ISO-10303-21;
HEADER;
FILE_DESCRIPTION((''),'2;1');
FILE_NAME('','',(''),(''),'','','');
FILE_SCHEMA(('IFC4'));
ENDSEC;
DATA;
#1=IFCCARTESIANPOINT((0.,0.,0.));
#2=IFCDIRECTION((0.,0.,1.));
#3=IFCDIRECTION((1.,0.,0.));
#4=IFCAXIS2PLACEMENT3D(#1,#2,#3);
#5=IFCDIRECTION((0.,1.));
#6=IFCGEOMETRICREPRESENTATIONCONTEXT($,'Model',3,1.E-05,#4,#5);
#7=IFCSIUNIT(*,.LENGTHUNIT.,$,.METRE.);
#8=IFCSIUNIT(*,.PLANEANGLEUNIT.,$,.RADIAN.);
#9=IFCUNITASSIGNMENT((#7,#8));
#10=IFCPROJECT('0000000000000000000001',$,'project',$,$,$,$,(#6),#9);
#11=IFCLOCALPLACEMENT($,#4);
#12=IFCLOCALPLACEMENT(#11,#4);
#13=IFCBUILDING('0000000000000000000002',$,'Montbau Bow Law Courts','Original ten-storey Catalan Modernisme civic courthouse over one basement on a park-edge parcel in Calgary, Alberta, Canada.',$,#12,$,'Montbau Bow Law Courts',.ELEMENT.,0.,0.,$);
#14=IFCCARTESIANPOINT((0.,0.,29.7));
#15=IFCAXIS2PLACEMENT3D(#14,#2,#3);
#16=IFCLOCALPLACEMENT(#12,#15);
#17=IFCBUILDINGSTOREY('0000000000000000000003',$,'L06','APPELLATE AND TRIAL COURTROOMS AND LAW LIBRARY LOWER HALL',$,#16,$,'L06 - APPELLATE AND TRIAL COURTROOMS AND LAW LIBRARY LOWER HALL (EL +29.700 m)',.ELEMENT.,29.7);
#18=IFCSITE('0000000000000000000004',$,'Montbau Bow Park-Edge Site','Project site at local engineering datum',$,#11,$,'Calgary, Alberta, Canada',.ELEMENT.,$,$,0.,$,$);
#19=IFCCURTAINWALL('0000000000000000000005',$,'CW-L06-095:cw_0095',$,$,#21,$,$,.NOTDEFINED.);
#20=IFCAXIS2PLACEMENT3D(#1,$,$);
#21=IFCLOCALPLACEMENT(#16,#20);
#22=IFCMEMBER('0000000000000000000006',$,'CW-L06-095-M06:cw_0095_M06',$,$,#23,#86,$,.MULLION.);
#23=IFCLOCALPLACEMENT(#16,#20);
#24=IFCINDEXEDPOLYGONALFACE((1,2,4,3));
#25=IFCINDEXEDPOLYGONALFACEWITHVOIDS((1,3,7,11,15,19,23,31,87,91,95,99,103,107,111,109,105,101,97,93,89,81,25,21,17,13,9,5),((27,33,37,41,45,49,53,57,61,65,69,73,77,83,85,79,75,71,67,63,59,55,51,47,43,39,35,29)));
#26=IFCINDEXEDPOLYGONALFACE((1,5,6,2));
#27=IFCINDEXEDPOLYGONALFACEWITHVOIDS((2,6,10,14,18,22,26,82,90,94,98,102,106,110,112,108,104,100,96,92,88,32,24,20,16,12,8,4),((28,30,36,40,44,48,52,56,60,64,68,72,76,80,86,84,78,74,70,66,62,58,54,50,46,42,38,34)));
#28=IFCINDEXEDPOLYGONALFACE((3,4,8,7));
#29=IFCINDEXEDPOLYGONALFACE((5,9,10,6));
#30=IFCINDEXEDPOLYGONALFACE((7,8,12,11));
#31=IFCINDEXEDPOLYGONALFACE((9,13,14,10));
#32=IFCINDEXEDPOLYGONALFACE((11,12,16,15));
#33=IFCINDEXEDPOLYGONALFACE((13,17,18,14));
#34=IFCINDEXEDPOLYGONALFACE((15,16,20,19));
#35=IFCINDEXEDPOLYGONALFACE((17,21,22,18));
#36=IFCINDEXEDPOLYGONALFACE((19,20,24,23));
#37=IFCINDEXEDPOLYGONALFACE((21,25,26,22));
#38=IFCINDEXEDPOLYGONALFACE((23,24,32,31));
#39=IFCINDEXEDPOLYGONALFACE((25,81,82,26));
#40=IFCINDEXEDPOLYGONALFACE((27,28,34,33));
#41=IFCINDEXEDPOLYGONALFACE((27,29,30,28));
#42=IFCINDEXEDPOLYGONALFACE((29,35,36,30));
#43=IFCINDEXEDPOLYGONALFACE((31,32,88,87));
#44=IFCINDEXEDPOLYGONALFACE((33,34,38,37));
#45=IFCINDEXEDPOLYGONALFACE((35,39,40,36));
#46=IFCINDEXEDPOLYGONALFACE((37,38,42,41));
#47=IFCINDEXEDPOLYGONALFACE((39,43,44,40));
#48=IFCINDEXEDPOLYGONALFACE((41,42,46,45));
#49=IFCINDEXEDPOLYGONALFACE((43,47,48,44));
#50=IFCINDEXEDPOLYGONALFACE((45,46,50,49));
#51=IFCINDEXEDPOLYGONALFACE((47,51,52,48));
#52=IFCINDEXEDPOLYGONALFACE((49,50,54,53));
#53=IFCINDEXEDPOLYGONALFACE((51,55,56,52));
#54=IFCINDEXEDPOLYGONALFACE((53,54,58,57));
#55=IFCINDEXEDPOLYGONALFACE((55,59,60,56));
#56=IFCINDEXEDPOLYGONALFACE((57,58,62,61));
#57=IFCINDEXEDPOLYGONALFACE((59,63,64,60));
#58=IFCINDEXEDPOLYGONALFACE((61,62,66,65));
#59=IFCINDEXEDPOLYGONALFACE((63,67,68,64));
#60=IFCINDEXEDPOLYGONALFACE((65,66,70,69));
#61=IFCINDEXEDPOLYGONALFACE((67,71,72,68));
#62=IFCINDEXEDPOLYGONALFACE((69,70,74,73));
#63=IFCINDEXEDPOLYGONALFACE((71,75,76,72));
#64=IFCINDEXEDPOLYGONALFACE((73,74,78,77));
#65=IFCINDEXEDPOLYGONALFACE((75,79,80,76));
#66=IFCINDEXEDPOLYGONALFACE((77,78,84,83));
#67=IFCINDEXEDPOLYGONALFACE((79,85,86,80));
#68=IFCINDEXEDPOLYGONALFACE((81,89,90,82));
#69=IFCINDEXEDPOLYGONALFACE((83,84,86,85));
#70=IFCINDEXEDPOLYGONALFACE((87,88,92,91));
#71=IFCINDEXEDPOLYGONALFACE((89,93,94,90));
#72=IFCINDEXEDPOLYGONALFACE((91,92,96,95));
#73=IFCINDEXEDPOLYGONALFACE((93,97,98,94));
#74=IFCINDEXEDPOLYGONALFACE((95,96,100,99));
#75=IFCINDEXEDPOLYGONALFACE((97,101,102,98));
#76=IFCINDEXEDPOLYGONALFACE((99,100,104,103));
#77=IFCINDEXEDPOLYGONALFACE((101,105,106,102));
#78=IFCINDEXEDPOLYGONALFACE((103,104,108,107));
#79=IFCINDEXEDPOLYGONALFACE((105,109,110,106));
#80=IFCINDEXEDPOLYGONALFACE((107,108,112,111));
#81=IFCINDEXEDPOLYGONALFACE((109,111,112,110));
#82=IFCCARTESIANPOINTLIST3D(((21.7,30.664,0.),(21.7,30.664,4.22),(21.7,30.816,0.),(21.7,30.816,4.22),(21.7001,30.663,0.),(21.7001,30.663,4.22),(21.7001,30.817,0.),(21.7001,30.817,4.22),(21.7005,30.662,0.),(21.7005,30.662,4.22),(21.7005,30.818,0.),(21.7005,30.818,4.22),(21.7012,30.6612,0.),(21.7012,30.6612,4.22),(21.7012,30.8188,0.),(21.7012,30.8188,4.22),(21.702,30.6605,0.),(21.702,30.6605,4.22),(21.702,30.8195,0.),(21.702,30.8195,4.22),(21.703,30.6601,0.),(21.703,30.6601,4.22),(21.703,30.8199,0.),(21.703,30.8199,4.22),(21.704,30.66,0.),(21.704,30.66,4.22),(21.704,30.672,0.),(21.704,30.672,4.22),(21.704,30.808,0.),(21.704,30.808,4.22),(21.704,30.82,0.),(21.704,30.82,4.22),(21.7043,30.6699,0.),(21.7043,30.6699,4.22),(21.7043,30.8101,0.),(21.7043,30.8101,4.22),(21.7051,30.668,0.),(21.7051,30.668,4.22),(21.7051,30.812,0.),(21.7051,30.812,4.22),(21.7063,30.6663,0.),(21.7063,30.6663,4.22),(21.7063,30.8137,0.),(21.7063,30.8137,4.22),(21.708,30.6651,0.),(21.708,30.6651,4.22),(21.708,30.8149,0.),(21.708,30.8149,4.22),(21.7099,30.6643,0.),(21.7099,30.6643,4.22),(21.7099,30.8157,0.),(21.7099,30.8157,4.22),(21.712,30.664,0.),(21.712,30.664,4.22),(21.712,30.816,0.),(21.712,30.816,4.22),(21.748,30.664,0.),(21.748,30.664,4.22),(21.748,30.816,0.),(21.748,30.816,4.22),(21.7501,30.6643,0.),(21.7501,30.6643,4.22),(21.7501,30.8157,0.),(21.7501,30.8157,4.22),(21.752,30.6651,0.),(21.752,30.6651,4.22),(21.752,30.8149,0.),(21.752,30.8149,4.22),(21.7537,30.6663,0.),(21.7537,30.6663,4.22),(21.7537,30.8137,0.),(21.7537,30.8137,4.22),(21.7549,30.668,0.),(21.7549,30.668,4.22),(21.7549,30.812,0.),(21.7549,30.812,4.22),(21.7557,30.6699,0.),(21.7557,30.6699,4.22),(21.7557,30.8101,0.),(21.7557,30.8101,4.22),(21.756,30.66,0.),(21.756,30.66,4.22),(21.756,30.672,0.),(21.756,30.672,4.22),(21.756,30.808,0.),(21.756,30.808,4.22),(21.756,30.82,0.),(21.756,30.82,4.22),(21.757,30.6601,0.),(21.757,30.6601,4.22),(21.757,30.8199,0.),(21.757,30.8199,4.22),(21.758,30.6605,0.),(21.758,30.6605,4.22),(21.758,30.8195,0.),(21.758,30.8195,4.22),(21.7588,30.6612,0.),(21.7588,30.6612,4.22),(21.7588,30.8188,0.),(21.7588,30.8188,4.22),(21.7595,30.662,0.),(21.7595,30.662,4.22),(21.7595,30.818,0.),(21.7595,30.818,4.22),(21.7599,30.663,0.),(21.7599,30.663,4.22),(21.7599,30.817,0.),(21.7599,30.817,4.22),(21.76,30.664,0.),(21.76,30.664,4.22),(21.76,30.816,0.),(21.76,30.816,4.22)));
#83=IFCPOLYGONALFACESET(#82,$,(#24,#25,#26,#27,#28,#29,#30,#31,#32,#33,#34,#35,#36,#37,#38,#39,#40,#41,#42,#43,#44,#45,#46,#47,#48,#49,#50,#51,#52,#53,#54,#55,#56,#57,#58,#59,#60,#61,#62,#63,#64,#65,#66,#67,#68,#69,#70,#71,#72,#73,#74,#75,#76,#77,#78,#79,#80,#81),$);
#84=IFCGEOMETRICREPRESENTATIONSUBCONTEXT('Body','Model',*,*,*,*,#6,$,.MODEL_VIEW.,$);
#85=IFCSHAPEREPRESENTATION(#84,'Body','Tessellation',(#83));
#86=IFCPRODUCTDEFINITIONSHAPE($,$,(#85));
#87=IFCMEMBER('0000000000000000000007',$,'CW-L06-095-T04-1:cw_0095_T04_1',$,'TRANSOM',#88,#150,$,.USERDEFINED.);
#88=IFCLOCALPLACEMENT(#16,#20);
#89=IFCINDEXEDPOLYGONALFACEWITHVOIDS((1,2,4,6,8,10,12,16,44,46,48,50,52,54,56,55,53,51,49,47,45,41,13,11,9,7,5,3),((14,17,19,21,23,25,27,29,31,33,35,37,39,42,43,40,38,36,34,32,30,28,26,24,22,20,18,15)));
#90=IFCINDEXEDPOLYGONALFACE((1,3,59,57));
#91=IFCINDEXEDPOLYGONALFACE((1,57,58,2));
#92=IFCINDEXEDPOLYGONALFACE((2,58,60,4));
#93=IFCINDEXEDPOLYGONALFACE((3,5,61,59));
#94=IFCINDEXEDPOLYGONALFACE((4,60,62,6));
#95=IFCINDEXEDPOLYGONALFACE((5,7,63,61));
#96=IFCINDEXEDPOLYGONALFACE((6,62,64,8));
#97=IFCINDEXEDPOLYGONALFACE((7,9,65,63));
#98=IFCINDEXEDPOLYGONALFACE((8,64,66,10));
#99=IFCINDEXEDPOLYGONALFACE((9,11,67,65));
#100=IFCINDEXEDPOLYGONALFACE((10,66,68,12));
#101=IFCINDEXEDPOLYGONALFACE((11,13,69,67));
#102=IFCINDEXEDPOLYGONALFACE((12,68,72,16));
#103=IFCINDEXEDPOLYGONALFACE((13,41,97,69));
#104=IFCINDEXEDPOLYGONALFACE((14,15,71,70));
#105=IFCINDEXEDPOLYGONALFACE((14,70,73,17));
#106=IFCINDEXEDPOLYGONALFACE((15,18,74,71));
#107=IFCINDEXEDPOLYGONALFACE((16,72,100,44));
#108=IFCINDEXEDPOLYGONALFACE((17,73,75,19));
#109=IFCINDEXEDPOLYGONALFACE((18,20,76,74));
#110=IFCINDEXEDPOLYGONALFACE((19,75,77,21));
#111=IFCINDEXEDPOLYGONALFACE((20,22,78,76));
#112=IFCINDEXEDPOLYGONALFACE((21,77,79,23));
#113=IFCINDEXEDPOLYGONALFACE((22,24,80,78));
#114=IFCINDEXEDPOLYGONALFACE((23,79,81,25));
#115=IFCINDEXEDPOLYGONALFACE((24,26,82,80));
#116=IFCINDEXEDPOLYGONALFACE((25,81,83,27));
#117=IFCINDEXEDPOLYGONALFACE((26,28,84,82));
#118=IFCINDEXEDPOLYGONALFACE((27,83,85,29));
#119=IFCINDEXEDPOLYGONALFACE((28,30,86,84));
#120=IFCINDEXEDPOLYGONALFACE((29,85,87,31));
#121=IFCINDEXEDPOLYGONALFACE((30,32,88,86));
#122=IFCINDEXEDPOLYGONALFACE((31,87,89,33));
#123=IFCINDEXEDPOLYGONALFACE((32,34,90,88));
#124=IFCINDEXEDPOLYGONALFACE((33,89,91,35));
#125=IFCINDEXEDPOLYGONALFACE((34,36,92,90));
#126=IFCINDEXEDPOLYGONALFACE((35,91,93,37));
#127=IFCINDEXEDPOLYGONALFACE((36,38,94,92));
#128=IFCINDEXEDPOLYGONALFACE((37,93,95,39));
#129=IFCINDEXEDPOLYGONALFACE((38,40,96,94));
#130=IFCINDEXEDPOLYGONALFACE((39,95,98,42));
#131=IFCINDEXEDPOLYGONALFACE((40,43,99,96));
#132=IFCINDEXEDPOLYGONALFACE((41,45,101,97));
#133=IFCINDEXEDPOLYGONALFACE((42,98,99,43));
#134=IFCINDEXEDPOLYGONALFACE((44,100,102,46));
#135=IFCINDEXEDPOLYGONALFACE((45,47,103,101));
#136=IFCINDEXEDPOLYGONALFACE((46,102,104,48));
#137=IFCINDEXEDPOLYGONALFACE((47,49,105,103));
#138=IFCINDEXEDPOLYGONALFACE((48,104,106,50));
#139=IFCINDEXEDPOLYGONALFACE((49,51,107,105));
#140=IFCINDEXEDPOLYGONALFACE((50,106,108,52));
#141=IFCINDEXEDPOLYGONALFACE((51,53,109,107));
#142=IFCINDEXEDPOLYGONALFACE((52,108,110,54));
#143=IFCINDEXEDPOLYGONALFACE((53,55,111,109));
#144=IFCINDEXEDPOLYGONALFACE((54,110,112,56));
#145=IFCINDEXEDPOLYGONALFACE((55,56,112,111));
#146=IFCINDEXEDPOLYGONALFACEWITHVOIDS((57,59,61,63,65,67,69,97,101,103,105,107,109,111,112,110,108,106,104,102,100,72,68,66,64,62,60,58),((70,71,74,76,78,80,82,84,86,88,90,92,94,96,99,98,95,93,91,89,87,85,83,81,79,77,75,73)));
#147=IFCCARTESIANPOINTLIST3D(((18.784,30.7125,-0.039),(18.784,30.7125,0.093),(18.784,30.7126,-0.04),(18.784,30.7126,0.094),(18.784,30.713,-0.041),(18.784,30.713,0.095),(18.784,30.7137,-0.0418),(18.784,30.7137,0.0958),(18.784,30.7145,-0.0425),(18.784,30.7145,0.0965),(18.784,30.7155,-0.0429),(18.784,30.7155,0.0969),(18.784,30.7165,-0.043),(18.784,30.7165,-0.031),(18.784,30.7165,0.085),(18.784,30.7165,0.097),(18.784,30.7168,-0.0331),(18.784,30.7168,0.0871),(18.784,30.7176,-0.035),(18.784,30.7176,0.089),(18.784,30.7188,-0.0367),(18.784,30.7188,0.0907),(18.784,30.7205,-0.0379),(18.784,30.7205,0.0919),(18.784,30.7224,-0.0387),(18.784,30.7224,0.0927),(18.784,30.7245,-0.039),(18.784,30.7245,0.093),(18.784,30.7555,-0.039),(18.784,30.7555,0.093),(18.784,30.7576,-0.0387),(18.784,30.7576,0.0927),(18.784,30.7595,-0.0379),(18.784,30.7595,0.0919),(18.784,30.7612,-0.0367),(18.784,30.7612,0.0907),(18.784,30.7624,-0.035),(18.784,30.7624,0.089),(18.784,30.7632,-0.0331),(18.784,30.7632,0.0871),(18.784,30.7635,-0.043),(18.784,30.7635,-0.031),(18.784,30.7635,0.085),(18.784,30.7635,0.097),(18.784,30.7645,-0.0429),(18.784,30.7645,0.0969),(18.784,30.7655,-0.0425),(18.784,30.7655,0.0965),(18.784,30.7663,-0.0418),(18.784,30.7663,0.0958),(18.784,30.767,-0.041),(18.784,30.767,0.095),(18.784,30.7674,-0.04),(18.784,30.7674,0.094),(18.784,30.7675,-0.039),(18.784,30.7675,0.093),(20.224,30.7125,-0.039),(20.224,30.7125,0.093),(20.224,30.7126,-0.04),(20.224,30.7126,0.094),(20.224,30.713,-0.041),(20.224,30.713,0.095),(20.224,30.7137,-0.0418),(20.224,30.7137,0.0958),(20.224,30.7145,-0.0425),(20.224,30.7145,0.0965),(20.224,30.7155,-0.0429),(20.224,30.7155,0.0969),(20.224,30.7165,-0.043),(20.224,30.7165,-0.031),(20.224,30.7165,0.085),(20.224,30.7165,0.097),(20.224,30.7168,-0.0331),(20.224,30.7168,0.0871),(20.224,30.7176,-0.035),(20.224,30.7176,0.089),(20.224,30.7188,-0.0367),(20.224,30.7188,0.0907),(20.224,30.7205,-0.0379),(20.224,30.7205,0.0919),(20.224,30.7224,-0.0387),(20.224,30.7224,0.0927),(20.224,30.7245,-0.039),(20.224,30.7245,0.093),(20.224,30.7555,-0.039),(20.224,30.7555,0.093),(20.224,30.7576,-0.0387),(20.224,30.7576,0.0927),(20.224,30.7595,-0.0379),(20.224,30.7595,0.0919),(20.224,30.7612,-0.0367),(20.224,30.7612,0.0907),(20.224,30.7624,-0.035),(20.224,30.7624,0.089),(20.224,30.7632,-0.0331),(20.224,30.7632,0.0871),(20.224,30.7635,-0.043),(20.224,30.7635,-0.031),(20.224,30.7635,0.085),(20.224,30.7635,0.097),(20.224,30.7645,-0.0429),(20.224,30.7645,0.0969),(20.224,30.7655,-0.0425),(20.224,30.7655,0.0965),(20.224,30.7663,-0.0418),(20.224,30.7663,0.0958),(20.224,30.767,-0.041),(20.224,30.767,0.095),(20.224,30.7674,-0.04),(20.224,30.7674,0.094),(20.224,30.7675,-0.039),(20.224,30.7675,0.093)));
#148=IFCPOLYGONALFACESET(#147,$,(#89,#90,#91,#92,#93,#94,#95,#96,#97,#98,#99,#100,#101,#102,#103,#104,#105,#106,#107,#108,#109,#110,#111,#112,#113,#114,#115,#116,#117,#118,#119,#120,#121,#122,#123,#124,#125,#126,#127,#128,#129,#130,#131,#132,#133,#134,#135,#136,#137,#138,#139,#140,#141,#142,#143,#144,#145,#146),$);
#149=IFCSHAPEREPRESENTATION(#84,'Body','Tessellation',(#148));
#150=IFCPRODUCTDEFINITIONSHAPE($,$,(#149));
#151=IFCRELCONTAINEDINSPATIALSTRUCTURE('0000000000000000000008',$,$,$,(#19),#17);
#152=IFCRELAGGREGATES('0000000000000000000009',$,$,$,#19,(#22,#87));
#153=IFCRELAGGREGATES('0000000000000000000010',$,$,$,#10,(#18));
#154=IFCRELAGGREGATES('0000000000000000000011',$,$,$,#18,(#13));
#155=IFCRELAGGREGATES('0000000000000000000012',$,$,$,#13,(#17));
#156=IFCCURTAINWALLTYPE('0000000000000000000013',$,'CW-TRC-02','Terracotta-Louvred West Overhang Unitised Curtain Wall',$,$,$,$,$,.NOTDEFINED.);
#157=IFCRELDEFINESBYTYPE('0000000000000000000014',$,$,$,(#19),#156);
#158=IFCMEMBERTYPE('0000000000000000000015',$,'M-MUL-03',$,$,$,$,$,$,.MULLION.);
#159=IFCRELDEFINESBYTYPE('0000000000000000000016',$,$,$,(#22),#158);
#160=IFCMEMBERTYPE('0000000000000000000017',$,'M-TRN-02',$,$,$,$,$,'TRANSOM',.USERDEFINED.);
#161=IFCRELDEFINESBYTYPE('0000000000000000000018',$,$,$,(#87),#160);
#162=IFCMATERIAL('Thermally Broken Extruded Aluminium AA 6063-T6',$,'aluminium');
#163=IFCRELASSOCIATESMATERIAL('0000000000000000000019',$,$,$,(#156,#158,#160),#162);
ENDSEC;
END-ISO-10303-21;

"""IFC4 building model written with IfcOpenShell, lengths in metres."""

from ifc_helpers import new_model, si_unit, direction, frame, origin_with_axes, origin_2d_with_axis, place, context, subcontext, project, spatial, hollow_rectangle, extrude, material, material_profile, profile_set, type_object, element, aggregate, save


model = new_model("IFC4")

# Units and contexts
model_context = context("Model", 3, precision=1e-05, world=origin_with_axes(), true_north=direction((0.0, 1.0)))
body_context = subcontext(model_context, "Body", "Model", "MODEL_VIEW")
ifc_project = project(units=[si_unit("LENGTHUNIT", "METRE"), si_unit("PLANEANGLEUNIT", "RADIAN")], contexts=[model_context])

# Site, building, storey
site_placement = place(None, origin_with_axes())
site = spatial("IfcSite", under=ifc_project, at=site_placement, Name="Montbau Bow Park-Edge Site", Description="Project site at local engineering datum", LongName="Calgary, Alberta, Canada", CompositionType="ELEMENT", RefElevation=0.0)
building_placement = place(site_placement, origin_with_axes())
building = spatial("IfcBuilding", under=site, at=building_placement, Name="Montbau Bow Law Courts", Description="Original ten-storey Catalan Modernisme civic courthouse over one basement on a park-edge parcel in Calgary, Alberta, Canada.", LongName="Montbau Bow Law Courts", CompositionType="ELEMENT", ElevationOfRefHeight=0.0, ElevationOfTerrain=0.0)
storey_placement = place(building_placement, frame((0.0, 0.0, 29.7), z_axis=(0.0, 0.0, 1.0), x_axis=(1.0, 0.0, 0.0)))
storey = spatial("IfcBuildingStorey", under=building, at=storey_placement, Name="L06", Description="APPELLATE AND TRIAL COURTROOMS AND LAW LIBRARY LOWER HALL", LongName="L06 - APPELLATE AND TRIAL COURTROOMS AND LAW LIBRARY LOWER HALL (EL +29.700 m)", CompositionType="ELEMENT", Elevation=29.7)

# Curtain wall, members
ifc_material_1 = material(Name="Thermally Broken Extruded Aluminium AA 6063-T6", Category="aluminium")
curtain_wall_type = type_object("IfcCurtainWallType", Name="CW-TRC-02", Description="Terracotta-Louvred West Overhang Unitised Curtain Wall", PredefinedType="NOTDEFINED", material=ifc_material_1)
curtain_wall_1_placement = place(None, frame((14.24, 30.74, 29.7), z_axis=(0.0, 0.0, 1.0), x_axis=(1.0, 0.0, 0.0)))
curtain_wall_1 = element("IfcCurtainWall", 1, at=curtain_wall_1_placement, inside=storey, type_object=curtain_wall_type, Name="CW-L06-095:cw_0095", PredefinedType="NOTDEFINED")
ifc_material_profile_1 = material_profile(ifc_material_1, hollow_rectangle(XDim=0.06, YDim=0.16, WallThickness=0.004, InnerFilletRadius=0.008, OuterFilletRadius=0.004, at=origin_2d_with_axis()), Name="CWM-160X60", Category="Main", Priority=0)
ifc_profile_set_1 = profile_set([ifc_material_profile_1], Name="Thermally Broken Extruded Aluminium AA 6063-T6")
member_type_1 = type_object("IfcMemberType", Name="M-MUL-03", PredefinedType="MULLION", material=ifc_profile_set_1)
member_1_placement = place(None, frame((21.73, 30.74, 29.7), z_axis=(0.0, 0.0, 1.0), x_axis=(1.0, 0.0, 0.0)))
member_1 = element("IfcMember", 2, at=member_1_placement, type_object=member_type_1, Name="CW-L06-095-M06:cw_0095_M06", PredefinedType="MULLION", context=body_context, shape_type="SweptSolid", body=[
    extrude(hollow_rectangle(XDim=0.06, YDim=0.16, WallThickness=0.004, InnerFilletRadius=0.008, OuterFilletRadius=0.004, at=origin_2d_with_axis()), origin_with_axes(), (0.0, 0.0, 1.0), 4.22),
])
ifc_material_profile_2 = material_profile(ifc_material_1, hollow_rectangle(XDim=0.055, YDim=0.14, WallThickness=0.004, InnerFilletRadius=0.008, OuterFilletRadius=0.004, at=origin_2d_with_axis()), Name="CWT-140X55", Category="Main", Priority=0)
ifc_profile_set_2 = profile_set([ifc_material_profile_2], Name="Thermally Broken Extruded Aluminium AA 6063-T6")
member_type_2 = type_object("IfcMemberType", Name="M-TRN-02", ElementType="TRANSOM", PredefinedType="USERDEFINED", material=ifc_profile_set_2)
member_2_placement = place(None, frame((18.784, 30.74, 29.727), z_axis=(1.0, 0.0, 0.0), x_axis=(0.0, 1.0, 0.0)))
member_2 = element("IfcMember", 3, at=member_2_placement, type_object=member_type_2, Name="CW-L06-095-T04-1:cw_0095_T04_1", ObjectType="TRANSOM", PredefinedType="USERDEFINED", context=body_context, shape_type="SweptSolid", body=[
    extrude(hollow_rectangle(XDim=0.055, YDim=0.14, WallThickness=0.004, InnerFilletRadius=0.008, OuterFilletRadius=0.004, at=origin_2d_with_axis()), origin_with_axes(), (0.0, 0.0, 1.0), 1.44),
])

aggregate(curtain_wall_1, [member_1, member_2])

save(model, "model.ifc")
